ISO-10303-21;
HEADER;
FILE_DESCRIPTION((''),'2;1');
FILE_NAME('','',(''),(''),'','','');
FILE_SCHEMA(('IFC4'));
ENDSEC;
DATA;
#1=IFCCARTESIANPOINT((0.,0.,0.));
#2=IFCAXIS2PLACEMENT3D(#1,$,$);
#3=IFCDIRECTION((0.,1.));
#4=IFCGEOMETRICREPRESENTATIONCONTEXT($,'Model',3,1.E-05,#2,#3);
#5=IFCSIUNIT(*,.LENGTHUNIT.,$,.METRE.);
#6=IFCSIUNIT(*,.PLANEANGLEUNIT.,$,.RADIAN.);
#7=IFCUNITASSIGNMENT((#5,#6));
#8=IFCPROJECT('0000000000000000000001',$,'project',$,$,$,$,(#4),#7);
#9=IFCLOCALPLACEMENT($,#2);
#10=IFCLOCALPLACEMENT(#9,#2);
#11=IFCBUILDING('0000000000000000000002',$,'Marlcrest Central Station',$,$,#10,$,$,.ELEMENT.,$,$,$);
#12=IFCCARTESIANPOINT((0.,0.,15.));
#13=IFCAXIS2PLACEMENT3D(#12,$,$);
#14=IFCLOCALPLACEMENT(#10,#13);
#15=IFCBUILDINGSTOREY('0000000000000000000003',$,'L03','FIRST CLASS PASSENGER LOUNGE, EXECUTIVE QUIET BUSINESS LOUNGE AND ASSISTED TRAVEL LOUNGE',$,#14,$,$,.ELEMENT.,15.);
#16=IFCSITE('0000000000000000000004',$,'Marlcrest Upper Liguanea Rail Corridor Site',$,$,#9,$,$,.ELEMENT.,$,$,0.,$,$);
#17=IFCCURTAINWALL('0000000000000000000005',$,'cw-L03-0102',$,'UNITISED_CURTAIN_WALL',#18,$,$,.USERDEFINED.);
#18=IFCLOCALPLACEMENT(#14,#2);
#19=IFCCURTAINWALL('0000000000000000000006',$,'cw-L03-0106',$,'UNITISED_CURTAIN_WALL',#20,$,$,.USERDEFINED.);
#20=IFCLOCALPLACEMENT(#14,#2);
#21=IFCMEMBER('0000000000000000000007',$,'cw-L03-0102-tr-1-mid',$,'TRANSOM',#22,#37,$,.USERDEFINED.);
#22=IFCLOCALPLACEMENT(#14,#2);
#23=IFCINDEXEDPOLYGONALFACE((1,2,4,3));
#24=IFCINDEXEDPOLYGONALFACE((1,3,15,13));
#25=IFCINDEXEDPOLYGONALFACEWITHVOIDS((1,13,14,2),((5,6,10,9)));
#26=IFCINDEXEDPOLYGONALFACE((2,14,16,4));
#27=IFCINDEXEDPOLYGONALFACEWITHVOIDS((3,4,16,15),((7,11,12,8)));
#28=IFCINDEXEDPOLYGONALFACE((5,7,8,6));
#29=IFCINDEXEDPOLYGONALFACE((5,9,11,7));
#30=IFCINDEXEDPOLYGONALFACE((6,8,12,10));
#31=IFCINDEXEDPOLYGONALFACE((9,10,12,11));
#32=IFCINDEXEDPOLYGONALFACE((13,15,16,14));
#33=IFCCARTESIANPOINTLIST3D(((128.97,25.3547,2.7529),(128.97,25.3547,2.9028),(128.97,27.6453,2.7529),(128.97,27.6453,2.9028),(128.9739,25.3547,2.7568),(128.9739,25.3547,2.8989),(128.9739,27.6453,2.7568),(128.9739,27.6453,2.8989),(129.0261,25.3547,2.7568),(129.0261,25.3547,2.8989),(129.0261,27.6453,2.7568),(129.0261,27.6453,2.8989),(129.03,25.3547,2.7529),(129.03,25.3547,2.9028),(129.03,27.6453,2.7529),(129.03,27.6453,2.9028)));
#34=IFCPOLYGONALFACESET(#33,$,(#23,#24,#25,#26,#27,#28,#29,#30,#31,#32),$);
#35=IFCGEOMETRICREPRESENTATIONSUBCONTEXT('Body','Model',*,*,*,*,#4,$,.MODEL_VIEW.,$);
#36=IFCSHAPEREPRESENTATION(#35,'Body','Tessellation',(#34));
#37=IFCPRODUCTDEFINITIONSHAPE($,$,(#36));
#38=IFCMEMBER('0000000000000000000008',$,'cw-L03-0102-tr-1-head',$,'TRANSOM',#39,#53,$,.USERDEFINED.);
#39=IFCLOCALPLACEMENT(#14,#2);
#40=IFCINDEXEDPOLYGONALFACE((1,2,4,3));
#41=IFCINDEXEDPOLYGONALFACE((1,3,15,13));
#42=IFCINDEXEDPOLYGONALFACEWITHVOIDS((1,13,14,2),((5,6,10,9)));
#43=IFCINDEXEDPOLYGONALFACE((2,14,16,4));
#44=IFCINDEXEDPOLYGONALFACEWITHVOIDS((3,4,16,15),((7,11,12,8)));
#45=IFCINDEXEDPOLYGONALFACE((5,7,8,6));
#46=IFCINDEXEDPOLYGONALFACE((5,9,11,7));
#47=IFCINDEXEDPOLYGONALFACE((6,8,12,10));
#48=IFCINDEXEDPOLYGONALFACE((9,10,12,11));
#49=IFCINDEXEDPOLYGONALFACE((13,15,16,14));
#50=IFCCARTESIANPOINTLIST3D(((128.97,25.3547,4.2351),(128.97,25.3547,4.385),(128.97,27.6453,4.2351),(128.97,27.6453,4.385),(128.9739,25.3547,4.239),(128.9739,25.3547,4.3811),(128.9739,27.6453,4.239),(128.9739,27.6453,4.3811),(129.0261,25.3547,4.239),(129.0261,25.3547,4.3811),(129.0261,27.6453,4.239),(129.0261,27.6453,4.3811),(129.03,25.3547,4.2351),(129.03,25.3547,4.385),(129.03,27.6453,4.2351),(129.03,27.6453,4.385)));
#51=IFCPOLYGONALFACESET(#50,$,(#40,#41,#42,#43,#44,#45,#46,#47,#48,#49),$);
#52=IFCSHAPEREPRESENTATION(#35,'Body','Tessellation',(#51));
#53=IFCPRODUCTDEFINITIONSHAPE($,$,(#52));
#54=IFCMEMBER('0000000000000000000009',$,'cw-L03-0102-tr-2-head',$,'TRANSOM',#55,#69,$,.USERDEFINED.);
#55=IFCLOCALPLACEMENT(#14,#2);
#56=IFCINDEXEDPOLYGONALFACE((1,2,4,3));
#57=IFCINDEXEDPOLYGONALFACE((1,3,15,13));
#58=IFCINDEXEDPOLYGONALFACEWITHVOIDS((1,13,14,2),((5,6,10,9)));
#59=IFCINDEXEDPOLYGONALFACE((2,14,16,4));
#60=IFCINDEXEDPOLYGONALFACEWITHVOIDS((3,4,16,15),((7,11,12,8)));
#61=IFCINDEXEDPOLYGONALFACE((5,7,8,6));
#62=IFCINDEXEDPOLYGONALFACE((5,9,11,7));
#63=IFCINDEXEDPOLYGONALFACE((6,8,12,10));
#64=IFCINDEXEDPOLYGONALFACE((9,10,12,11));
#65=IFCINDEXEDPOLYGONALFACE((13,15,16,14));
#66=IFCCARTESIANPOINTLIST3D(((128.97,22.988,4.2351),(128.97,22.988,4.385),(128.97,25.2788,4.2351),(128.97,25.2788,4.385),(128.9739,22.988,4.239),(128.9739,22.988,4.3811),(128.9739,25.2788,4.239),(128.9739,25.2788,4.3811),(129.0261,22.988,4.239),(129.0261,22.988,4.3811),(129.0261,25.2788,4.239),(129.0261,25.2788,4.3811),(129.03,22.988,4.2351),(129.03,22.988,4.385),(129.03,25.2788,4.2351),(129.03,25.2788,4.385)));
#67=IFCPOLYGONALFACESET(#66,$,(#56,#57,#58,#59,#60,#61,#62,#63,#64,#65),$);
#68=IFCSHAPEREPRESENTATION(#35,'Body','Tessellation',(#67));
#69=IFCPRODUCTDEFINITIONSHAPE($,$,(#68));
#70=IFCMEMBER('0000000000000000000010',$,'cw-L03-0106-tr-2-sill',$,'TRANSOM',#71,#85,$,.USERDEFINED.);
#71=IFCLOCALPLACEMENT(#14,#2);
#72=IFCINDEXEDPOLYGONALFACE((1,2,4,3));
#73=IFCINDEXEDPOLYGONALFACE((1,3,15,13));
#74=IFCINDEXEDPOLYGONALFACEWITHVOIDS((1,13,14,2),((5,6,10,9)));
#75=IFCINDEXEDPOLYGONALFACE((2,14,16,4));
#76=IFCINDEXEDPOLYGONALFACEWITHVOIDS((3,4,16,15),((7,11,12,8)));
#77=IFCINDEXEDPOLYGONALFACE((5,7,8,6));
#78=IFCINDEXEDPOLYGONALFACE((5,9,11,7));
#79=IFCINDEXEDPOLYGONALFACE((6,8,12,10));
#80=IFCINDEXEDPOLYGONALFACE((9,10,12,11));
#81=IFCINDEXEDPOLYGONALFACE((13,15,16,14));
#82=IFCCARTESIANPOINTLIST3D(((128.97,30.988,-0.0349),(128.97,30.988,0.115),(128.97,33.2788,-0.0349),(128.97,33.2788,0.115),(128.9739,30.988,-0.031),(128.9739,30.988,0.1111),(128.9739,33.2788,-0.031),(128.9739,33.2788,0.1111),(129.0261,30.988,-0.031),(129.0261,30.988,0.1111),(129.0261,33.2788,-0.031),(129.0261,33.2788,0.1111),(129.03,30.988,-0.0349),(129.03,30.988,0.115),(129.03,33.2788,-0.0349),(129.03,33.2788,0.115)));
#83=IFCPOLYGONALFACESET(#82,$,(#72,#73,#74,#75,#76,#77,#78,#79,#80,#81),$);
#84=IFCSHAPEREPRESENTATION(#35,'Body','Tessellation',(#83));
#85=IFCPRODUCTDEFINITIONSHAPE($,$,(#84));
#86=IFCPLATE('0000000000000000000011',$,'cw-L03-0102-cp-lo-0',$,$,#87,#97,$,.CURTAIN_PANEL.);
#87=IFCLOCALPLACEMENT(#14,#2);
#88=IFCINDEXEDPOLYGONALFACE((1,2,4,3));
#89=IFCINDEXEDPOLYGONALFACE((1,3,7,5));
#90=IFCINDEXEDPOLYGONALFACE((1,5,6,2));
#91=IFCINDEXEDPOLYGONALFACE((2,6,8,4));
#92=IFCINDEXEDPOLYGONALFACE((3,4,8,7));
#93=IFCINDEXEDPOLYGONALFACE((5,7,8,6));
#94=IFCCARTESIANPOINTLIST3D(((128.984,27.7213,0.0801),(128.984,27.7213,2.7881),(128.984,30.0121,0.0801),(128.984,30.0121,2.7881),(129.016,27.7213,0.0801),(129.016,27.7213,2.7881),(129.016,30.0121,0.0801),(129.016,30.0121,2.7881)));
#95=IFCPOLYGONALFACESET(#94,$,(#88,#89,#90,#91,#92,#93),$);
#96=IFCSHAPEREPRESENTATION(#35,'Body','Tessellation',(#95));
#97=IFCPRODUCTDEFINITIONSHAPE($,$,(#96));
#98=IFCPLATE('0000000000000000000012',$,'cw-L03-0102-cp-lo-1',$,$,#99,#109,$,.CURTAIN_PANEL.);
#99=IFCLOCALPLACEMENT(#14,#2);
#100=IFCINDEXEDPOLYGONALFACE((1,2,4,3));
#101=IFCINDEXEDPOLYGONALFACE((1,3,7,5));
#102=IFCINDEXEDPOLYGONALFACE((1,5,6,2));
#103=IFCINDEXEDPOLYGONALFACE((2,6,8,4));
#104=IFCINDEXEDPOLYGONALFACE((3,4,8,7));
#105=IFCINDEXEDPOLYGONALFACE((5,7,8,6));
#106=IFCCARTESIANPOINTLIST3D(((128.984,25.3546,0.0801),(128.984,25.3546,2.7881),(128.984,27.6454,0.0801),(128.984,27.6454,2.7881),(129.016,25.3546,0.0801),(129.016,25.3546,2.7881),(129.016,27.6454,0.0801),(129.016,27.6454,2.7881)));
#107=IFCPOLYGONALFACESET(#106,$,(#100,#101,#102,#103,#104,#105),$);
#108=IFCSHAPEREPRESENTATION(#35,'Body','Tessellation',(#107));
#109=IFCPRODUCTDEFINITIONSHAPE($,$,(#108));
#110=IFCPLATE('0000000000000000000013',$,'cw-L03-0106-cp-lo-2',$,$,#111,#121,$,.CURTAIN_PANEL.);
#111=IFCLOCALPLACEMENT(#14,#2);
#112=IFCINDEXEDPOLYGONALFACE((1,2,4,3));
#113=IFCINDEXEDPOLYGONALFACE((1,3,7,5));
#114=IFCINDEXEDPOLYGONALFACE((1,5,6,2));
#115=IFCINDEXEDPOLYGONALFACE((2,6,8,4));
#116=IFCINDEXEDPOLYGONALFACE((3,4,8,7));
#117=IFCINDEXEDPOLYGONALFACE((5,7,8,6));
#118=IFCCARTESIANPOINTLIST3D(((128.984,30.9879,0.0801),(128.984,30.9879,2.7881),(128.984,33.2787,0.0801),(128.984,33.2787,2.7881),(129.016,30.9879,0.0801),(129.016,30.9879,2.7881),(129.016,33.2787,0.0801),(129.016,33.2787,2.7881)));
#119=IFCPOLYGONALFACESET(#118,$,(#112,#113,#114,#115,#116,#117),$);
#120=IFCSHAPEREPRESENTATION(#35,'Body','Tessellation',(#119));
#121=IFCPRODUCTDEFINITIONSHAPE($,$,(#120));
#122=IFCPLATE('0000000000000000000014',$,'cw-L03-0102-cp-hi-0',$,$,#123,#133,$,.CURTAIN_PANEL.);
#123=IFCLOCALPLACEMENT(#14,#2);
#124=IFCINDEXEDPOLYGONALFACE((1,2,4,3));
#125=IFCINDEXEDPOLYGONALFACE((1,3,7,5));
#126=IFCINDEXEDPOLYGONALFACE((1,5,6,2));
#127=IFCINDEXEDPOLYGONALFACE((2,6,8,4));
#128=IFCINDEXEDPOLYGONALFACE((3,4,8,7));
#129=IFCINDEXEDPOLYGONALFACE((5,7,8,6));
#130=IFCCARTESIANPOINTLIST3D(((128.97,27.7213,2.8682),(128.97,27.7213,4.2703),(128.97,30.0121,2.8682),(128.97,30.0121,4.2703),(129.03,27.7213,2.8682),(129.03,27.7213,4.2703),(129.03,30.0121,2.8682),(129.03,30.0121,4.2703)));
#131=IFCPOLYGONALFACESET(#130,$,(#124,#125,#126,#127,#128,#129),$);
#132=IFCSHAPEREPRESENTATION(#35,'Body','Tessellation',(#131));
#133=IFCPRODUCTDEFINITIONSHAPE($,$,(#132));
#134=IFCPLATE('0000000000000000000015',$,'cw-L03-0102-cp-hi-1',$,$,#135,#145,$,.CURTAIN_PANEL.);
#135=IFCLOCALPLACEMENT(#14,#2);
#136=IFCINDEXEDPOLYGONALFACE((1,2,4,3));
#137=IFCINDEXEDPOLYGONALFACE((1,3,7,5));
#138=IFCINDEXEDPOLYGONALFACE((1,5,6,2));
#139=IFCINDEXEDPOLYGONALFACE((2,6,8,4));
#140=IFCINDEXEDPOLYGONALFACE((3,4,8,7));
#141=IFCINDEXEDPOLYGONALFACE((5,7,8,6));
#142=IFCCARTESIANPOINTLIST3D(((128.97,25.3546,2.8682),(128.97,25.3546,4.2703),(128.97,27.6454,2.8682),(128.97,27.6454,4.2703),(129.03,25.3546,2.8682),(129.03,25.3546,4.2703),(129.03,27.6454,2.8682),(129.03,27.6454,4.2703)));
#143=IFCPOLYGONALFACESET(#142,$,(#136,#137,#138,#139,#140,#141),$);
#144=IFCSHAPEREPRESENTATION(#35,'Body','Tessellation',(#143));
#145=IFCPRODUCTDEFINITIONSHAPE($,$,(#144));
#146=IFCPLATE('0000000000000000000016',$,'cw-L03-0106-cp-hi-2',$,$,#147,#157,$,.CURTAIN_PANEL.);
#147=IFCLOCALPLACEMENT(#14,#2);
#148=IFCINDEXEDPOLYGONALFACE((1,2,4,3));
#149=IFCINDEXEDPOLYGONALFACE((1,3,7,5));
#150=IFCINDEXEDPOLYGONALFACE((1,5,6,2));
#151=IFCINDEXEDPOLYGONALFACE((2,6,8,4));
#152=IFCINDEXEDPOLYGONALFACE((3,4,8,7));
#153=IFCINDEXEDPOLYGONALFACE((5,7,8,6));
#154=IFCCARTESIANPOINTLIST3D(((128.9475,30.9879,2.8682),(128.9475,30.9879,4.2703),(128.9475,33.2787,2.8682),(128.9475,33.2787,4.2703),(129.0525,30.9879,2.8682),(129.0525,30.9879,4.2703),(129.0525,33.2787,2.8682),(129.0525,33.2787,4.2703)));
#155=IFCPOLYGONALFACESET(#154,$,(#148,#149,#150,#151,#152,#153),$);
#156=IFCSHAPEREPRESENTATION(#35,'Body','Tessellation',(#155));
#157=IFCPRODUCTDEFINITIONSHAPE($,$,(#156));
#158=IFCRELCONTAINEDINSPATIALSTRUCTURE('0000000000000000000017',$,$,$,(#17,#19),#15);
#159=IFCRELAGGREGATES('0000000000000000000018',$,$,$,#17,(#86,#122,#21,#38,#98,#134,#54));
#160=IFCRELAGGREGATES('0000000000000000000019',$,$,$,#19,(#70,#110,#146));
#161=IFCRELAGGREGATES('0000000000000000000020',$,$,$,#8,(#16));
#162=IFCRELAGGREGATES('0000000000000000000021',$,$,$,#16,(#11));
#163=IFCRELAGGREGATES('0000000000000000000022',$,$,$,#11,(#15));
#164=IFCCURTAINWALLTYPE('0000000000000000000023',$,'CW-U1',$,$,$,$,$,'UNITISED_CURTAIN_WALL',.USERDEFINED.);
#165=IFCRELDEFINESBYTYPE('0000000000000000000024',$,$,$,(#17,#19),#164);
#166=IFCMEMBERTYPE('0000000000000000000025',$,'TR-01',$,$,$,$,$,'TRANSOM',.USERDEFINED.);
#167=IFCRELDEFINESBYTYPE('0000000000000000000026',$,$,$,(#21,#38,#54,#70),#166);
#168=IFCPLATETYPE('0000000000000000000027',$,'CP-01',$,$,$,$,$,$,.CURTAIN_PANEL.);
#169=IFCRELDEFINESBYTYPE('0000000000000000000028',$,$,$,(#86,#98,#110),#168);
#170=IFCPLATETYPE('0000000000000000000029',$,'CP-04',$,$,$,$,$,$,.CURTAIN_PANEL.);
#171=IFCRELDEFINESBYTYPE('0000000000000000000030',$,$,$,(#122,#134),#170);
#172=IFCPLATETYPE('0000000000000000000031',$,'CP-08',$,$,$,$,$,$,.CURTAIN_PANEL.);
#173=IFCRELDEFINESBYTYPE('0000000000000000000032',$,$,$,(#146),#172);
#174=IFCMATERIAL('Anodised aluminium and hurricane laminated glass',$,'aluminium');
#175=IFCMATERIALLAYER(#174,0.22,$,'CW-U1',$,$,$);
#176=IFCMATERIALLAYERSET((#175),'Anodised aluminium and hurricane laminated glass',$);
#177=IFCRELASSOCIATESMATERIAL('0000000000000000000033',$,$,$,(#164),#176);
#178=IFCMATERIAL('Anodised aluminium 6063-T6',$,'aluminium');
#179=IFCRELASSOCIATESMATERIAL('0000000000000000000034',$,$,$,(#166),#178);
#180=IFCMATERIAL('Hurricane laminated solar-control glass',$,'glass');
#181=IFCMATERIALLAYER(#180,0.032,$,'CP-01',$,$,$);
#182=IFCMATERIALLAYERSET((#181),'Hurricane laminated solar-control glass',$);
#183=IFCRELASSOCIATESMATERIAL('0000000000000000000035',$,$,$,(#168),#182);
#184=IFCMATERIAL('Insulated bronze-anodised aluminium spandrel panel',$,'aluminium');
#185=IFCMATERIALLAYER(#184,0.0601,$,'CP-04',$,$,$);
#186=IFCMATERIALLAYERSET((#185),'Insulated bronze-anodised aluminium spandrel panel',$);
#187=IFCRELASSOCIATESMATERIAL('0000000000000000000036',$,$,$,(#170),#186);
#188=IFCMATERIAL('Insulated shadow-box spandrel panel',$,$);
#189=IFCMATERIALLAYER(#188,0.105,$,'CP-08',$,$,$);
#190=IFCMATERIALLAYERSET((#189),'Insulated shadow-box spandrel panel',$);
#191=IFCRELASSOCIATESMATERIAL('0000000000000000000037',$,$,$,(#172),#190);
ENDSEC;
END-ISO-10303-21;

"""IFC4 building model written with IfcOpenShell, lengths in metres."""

from ifc_helpers import new_model, si_unit, direction, frame, origin, origin_2d, place, context, subcontext, project, spatial, rectangle, hollow_rectangle, extrude, material, layer, layer_set, material_profile, profile_set, type_object, element, aggregate, save


model = new_model("IFC4")

# Units and contexts
model_context = context("Model", 3, precision=1e-05, world=origin(), true_north=direction((0.0, 1.0)))
body_context = subcontext(model_context, "Body", "Model", "MODEL_VIEW")
ifc_project = project(units=[si_unit("LENGTHUNIT", "METRE"), si_unit("PLANEANGLEUNIT", "RADIAN")], contexts=[model_context])

# Site, building, storey
site_placement = place(None, origin())
site = spatial("IfcSite", under=ifc_project, at=site_placement, Name="Marlcrest Upper Liguanea Rail Corridor Site", CompositionType="ELEMENT", RefElevation=0.0)
building_placement = place(site_placement, origin())
building = spatial("IfcBuilding", under=site, at=building_placement, Name="Marlcrest Central Station", CompositionType="ELEMENT")
storey_placement = place(building_placement, frame((0.0, 0.0, 15.0)))
storey = spatial("IfcBuildingStorey", under=building, at=storey_placement, Name="L03", Description="FIRST CLASS PASSENGER LOUNGE, EXECUTIVE QUIET BUSINESS LOUNGE AND ASSISTED TRAVEL LOUNGE", CompositionType="ELEMENT", Elevation=15.0)

# Curtain wall
ifc_material_1 = material(Name="Anodised aluminium and hurricane laminated glass", Category="aluminium")
ifc_layer_1 = layer(ifc_material_1, 0.22, Name="CW-U1")
ifc_layer_set_1 = layer_set([ifc_layer_1], Name="Anodised aluminium and hurricane laminated glass")
curtain_wall_type = type_object("IfcCurtainWallType", Name="CW-U1", ElementType="UNITISED_CURTAIN_WALL", PredefinedType="USERDEFINED", material=ifc_layer_set_1)
curtain_wall_1_placement = place(storey_placement, origin())
curtain_wall_1 = element("IfcCurtainWall", 1, at=curtain_wall_1_placement, inside=storey, type_object=curtain_wall_type, Name="cw-L03-0102", ObjectType="UNITISED_CURTAIN_WALL", PredefinedType="USERDEFINED")
ifc_material_2 = material(Name="Anodised aluminium 6063-T6", Category="aluminium")

# Curtain wall
curtain_wall_2_placement = place(storey_placement, origin())
curtain_wall_2 = element("IfcCurtainWall", 2, at=curtain_wall_2_placement, inside=storey, type_object=curtain_wall_type, Name="cw-L03-0106", ObjectType="UNITISED_CURTAIN_WALL", PredefinedType="USERDEFINED")

# Members
ifc_material_profile_1 = material_profile(ifc_material_2, hollow_rectangle(XDim=0.0601, YDim=0.1499, WallThickness=0.0039, at=origin_2d()), Name="AA-RHS 150x60x4")
ifc_profile_set_1 = profile_set([ifc_material_profile_1], Name="Anodised aluminium 6063-T6")
member_type_1 = type_object("IfcMemberType", Name="TR-01", ElementType="TRANSOM", PredefinedType="USERDEFINED", material=ifc_profile_set_1)
member_1_placement = place(storey_placement, frame((129.0, 27.6453, 2.8279), z_axis=(0.0, -1.0, 0.0), x_axis=(1.0, 0.0, 0.0)))
member_1 = element("IfcMember", 3, at=member_1_placement, type_object=member_type_1, Name="cw-L03-0102-tr-1-mid", ObjectType="TRANSOM", PredefinedType="USERDEFINED", context=body_context, shape_type="SweptSolid", body=[
    extrude(hollow_rectangle(XDim=0.0601, YDim=0.1499, WallThickness=0.0039, at=origin_2d()), origin(), (0.0, 0.0, 1.0), 2.2905),
])
member_2_placement = place(storey_placement, frame((129.0, 27.6453, 4.3101), z_axis=(0.0, -1.0, 0.0), x_axis=(1.0, 0.0, 0.0)))
member_2 = element("IfcMember", 4, at=member_2_placement, type_object=member_type_1, Name="cw-L03-0102-tr-1-head", ObjectType="TRANSOM", PredefinedType="USERDEFINED", context=body_context, shape_type="SweptSolid", body=[
    extrude(hollow_rectangle(XDim=0.0601, YDim=0.1499, WallThickness=0.0039, at=origin_2d()), origin(), (0.0, 0.0, 1.0), 2.2905),
])
member_3_placement = place(storey_placement, frame((129.0, 25.2788, 4.3101), z_axis=(0.0, -1.0, 0.0), x_axis=(1.0, 0.0, 0.0)))
member_3 = element("IfcMember", 5, at=member_3_placement, type_object=member_type_1, Name="cw-L03-0102-tr-2-head", ObjectType="TRANSOM", PredefinedType="USERDEFINED", context=body_context, shape_type="SweptSolid", body=[
    extrude(hollow_rectangle(XDim=0.0601, YDim=0.1499, WallThickness=0.0039, at=origin_2d()), origin(), (0.0, 0.0, 1.0), 2.2908),
])
member_4_placement = place(storey_placement, frame((129.0, 33.2788, 0.04), z_axis=(0.0, -1.0, 0.0), x_axis=(1.0, 0.0, 0.0)))
member_4 = element("IfcMember", 6, at=member_4_placement, type_object=member_type_1, Name="cw-L03-0106-tr-2-sill", ObjectType="TRANSOM", PredefinedType="USERDEFINED", context=body_context, shape_type="SweptSolid", body=[
    extrude(hollow_rectangle(XDim=0.0601, YDim=0.1499, WallThickness=0.0039, at=origin_2d()), origin(), (0.0, 0.0, 1.0), 2.2908),
])

# Plates
ifc_material_3 = material(Name="Hurricane laminated solar-control glass", Category="glass")
ifc_layer_2 = layer(ifc_material_3, 0.032, Name="CP-01")
ifc_layer_set_2 = layer_set([ifc_layer_2], Name="Hurricane laminated solar-control glass")
plate_type_1 = type_object("IfcPlateType", Name="CP-01", PredefinedType="CURTAIN_PANEL", material=ifc_layer_set_2)
plate_1_placement = place(storey_placement, frame((129.0, 28.8667, 0.0801), z_axis=(0.0, 0.0, 1.0), x_axis=(0.0, -1.0, 0.0)))
plate_1 = element("IfcPlate", 7, at=plate_1_placement, type_object=plate_type_1, Name="cw-L03-0102-cp-lo-0", PredefinedType="CURTAIN_PANEL", context=body_context, shape_type="SweptSolid", body=[
    extrude(rectangle(XDim=2.2908, YDim=0.032, at=origin_2d()), origin(), (0.0, 0.0, 1.0), 2.708),
])
plate_2_placement = place(storey_placement, frame((129.0, 26.5, 0.0801), z_axis=(0.0, 0.0, 1.0), x_axis=(0.0, -1.0, 0.0)))
plate_2 = element("IfcPlate", 8, at=plate_2_placement, type_object=plate_type_1, Name="cw-L03-0102-cp-lo-1", PredefinedType="CURTAIN_PANEL", context=body_context, shape_type="SweptSolid", body=[
    extrude(rectangle(XDim=2.2908, YDim=0.032, at=origin_2d()), origin(), (0.0, 0.0, 1.0), 2.708),
])
plate_3_placement = place(storey_placement, frame((129.0, 32.1333, 0.0801), z_axis=(0.0, 0.0, 1.0), x_axis=(0.0, -1.0, 0.0)))
plate_3 = element("IfcPlate", 9, at=plate_3_placement, type_object=plate_type_1, Name="cw-L03-0106-cp-lo-2", PredefinedType="CURTAIN_PANEL", context=body_context, shape_type="SweptSolid", body=[
    extrude(rectangle(XDim=2.2908, YDim=0.032, at=origin_2d()), origin(), (0.0, 0.0, 1.0), 2.708),
])
ifc_material_4 = material(Name="Insulated bronze-anodised aluminium spandrel panel", Category="aluminium")
ifc_layer_3 = layer(ifc_material_4, 0.0601, Name="CP-04")
ifc_layer_set_3 = layer_set([ifc_layer_3], Name="Insulated bronze-anodised aluminium spandrel panel")
plate_type_2 = type_object("IfcPlateType", Name="CP-04", PredefinedType="CURTAIN_PANEL", material=ifc_layer_set_3)
plate_4_placement = place(storey_placement, frame((129.0, 28.8667, 2.8682), z_axis=(0.0, 0.0, 1.0), x_axis=(0.0, -1.0, 0.0)))
plate_4 = element("IfcPlate", 10, at=plate_4_placement, type_object=plate_type_2, Name="cw-L03-0102-cp-hi-0", PredefinedType="CURTAIN_PANEL", context=body_context, shape_type="SweptSolid", body=[
    extrude(rectangle(XDim=2.2908, YDim=0.0601, at=origin_2d()), origin(), (0.0, 0.0, 1.0), 1.4021),
])
plate_5_placement = place(storey_placement, frame((129.0, 26.5, 2.8682), z_axis=(0.0, 0.0, 1.0), x_axis=(0.0, -1.0, 0.0)))
plate_5 = element("IfcPlate", 11, at=plate_5_placement, type_object=plate_type_2, Name="cw-L03-0102-cp-hi-1", PredefinedType="CURTAIN_PANEL", context=body_context, shape_type="SweptSolid", body=[
    extrude(rectangle(XDim=2.2908, YDim=0.0601, at=origin_2d()), origin(), (0.0, 0.0, 1.0), 1.4021),
])
aggregate(curtain_wall_1, [plate_1, plate_4, member_1, member_2, plate_2, plate_5, member_3])
ifc_material_5 = material(Name="Insulated shadow-box spandrel panel")
ifc_layer_4 = layer(ifc_material_5, 0.105, Name="CP-08")
ifc_layer_set_4 = layer_set([ifc_layer_4], Name="Insulated shadow-box spandrel panel")
plate_type_3 = type_object("IfcPlateType", Name="CP-08", PredefinedType="CURTAIN_PANEL", material=ifc_layer_set_4)
plate_6_placement = place(storey_placement, frame((129.0, 32.1333, 2.8682), z_axis=(0.0, 0.0, 1.0), x_axis=(0.0, -1.0, 0.0)))
plate_6 = element("IfcPlate", 12, at=plate_6_placement, type_object=plate_type_3, Name="cw-L03-0106-cp-hi-2", PredefinedType="CURTAIN_PANEL", context=body_context, shape_type="SweptSolid", body=[
    extrude(rectangle(XDim=2.2908, YDim=0.105, at=origin_2d()), origin(), (0.0, 0.0, 1.0), 1.4021),
])
aggregate(curtain_wall_2, [member_4, plate_3, plate_6])

save(model, "model.ifc")
